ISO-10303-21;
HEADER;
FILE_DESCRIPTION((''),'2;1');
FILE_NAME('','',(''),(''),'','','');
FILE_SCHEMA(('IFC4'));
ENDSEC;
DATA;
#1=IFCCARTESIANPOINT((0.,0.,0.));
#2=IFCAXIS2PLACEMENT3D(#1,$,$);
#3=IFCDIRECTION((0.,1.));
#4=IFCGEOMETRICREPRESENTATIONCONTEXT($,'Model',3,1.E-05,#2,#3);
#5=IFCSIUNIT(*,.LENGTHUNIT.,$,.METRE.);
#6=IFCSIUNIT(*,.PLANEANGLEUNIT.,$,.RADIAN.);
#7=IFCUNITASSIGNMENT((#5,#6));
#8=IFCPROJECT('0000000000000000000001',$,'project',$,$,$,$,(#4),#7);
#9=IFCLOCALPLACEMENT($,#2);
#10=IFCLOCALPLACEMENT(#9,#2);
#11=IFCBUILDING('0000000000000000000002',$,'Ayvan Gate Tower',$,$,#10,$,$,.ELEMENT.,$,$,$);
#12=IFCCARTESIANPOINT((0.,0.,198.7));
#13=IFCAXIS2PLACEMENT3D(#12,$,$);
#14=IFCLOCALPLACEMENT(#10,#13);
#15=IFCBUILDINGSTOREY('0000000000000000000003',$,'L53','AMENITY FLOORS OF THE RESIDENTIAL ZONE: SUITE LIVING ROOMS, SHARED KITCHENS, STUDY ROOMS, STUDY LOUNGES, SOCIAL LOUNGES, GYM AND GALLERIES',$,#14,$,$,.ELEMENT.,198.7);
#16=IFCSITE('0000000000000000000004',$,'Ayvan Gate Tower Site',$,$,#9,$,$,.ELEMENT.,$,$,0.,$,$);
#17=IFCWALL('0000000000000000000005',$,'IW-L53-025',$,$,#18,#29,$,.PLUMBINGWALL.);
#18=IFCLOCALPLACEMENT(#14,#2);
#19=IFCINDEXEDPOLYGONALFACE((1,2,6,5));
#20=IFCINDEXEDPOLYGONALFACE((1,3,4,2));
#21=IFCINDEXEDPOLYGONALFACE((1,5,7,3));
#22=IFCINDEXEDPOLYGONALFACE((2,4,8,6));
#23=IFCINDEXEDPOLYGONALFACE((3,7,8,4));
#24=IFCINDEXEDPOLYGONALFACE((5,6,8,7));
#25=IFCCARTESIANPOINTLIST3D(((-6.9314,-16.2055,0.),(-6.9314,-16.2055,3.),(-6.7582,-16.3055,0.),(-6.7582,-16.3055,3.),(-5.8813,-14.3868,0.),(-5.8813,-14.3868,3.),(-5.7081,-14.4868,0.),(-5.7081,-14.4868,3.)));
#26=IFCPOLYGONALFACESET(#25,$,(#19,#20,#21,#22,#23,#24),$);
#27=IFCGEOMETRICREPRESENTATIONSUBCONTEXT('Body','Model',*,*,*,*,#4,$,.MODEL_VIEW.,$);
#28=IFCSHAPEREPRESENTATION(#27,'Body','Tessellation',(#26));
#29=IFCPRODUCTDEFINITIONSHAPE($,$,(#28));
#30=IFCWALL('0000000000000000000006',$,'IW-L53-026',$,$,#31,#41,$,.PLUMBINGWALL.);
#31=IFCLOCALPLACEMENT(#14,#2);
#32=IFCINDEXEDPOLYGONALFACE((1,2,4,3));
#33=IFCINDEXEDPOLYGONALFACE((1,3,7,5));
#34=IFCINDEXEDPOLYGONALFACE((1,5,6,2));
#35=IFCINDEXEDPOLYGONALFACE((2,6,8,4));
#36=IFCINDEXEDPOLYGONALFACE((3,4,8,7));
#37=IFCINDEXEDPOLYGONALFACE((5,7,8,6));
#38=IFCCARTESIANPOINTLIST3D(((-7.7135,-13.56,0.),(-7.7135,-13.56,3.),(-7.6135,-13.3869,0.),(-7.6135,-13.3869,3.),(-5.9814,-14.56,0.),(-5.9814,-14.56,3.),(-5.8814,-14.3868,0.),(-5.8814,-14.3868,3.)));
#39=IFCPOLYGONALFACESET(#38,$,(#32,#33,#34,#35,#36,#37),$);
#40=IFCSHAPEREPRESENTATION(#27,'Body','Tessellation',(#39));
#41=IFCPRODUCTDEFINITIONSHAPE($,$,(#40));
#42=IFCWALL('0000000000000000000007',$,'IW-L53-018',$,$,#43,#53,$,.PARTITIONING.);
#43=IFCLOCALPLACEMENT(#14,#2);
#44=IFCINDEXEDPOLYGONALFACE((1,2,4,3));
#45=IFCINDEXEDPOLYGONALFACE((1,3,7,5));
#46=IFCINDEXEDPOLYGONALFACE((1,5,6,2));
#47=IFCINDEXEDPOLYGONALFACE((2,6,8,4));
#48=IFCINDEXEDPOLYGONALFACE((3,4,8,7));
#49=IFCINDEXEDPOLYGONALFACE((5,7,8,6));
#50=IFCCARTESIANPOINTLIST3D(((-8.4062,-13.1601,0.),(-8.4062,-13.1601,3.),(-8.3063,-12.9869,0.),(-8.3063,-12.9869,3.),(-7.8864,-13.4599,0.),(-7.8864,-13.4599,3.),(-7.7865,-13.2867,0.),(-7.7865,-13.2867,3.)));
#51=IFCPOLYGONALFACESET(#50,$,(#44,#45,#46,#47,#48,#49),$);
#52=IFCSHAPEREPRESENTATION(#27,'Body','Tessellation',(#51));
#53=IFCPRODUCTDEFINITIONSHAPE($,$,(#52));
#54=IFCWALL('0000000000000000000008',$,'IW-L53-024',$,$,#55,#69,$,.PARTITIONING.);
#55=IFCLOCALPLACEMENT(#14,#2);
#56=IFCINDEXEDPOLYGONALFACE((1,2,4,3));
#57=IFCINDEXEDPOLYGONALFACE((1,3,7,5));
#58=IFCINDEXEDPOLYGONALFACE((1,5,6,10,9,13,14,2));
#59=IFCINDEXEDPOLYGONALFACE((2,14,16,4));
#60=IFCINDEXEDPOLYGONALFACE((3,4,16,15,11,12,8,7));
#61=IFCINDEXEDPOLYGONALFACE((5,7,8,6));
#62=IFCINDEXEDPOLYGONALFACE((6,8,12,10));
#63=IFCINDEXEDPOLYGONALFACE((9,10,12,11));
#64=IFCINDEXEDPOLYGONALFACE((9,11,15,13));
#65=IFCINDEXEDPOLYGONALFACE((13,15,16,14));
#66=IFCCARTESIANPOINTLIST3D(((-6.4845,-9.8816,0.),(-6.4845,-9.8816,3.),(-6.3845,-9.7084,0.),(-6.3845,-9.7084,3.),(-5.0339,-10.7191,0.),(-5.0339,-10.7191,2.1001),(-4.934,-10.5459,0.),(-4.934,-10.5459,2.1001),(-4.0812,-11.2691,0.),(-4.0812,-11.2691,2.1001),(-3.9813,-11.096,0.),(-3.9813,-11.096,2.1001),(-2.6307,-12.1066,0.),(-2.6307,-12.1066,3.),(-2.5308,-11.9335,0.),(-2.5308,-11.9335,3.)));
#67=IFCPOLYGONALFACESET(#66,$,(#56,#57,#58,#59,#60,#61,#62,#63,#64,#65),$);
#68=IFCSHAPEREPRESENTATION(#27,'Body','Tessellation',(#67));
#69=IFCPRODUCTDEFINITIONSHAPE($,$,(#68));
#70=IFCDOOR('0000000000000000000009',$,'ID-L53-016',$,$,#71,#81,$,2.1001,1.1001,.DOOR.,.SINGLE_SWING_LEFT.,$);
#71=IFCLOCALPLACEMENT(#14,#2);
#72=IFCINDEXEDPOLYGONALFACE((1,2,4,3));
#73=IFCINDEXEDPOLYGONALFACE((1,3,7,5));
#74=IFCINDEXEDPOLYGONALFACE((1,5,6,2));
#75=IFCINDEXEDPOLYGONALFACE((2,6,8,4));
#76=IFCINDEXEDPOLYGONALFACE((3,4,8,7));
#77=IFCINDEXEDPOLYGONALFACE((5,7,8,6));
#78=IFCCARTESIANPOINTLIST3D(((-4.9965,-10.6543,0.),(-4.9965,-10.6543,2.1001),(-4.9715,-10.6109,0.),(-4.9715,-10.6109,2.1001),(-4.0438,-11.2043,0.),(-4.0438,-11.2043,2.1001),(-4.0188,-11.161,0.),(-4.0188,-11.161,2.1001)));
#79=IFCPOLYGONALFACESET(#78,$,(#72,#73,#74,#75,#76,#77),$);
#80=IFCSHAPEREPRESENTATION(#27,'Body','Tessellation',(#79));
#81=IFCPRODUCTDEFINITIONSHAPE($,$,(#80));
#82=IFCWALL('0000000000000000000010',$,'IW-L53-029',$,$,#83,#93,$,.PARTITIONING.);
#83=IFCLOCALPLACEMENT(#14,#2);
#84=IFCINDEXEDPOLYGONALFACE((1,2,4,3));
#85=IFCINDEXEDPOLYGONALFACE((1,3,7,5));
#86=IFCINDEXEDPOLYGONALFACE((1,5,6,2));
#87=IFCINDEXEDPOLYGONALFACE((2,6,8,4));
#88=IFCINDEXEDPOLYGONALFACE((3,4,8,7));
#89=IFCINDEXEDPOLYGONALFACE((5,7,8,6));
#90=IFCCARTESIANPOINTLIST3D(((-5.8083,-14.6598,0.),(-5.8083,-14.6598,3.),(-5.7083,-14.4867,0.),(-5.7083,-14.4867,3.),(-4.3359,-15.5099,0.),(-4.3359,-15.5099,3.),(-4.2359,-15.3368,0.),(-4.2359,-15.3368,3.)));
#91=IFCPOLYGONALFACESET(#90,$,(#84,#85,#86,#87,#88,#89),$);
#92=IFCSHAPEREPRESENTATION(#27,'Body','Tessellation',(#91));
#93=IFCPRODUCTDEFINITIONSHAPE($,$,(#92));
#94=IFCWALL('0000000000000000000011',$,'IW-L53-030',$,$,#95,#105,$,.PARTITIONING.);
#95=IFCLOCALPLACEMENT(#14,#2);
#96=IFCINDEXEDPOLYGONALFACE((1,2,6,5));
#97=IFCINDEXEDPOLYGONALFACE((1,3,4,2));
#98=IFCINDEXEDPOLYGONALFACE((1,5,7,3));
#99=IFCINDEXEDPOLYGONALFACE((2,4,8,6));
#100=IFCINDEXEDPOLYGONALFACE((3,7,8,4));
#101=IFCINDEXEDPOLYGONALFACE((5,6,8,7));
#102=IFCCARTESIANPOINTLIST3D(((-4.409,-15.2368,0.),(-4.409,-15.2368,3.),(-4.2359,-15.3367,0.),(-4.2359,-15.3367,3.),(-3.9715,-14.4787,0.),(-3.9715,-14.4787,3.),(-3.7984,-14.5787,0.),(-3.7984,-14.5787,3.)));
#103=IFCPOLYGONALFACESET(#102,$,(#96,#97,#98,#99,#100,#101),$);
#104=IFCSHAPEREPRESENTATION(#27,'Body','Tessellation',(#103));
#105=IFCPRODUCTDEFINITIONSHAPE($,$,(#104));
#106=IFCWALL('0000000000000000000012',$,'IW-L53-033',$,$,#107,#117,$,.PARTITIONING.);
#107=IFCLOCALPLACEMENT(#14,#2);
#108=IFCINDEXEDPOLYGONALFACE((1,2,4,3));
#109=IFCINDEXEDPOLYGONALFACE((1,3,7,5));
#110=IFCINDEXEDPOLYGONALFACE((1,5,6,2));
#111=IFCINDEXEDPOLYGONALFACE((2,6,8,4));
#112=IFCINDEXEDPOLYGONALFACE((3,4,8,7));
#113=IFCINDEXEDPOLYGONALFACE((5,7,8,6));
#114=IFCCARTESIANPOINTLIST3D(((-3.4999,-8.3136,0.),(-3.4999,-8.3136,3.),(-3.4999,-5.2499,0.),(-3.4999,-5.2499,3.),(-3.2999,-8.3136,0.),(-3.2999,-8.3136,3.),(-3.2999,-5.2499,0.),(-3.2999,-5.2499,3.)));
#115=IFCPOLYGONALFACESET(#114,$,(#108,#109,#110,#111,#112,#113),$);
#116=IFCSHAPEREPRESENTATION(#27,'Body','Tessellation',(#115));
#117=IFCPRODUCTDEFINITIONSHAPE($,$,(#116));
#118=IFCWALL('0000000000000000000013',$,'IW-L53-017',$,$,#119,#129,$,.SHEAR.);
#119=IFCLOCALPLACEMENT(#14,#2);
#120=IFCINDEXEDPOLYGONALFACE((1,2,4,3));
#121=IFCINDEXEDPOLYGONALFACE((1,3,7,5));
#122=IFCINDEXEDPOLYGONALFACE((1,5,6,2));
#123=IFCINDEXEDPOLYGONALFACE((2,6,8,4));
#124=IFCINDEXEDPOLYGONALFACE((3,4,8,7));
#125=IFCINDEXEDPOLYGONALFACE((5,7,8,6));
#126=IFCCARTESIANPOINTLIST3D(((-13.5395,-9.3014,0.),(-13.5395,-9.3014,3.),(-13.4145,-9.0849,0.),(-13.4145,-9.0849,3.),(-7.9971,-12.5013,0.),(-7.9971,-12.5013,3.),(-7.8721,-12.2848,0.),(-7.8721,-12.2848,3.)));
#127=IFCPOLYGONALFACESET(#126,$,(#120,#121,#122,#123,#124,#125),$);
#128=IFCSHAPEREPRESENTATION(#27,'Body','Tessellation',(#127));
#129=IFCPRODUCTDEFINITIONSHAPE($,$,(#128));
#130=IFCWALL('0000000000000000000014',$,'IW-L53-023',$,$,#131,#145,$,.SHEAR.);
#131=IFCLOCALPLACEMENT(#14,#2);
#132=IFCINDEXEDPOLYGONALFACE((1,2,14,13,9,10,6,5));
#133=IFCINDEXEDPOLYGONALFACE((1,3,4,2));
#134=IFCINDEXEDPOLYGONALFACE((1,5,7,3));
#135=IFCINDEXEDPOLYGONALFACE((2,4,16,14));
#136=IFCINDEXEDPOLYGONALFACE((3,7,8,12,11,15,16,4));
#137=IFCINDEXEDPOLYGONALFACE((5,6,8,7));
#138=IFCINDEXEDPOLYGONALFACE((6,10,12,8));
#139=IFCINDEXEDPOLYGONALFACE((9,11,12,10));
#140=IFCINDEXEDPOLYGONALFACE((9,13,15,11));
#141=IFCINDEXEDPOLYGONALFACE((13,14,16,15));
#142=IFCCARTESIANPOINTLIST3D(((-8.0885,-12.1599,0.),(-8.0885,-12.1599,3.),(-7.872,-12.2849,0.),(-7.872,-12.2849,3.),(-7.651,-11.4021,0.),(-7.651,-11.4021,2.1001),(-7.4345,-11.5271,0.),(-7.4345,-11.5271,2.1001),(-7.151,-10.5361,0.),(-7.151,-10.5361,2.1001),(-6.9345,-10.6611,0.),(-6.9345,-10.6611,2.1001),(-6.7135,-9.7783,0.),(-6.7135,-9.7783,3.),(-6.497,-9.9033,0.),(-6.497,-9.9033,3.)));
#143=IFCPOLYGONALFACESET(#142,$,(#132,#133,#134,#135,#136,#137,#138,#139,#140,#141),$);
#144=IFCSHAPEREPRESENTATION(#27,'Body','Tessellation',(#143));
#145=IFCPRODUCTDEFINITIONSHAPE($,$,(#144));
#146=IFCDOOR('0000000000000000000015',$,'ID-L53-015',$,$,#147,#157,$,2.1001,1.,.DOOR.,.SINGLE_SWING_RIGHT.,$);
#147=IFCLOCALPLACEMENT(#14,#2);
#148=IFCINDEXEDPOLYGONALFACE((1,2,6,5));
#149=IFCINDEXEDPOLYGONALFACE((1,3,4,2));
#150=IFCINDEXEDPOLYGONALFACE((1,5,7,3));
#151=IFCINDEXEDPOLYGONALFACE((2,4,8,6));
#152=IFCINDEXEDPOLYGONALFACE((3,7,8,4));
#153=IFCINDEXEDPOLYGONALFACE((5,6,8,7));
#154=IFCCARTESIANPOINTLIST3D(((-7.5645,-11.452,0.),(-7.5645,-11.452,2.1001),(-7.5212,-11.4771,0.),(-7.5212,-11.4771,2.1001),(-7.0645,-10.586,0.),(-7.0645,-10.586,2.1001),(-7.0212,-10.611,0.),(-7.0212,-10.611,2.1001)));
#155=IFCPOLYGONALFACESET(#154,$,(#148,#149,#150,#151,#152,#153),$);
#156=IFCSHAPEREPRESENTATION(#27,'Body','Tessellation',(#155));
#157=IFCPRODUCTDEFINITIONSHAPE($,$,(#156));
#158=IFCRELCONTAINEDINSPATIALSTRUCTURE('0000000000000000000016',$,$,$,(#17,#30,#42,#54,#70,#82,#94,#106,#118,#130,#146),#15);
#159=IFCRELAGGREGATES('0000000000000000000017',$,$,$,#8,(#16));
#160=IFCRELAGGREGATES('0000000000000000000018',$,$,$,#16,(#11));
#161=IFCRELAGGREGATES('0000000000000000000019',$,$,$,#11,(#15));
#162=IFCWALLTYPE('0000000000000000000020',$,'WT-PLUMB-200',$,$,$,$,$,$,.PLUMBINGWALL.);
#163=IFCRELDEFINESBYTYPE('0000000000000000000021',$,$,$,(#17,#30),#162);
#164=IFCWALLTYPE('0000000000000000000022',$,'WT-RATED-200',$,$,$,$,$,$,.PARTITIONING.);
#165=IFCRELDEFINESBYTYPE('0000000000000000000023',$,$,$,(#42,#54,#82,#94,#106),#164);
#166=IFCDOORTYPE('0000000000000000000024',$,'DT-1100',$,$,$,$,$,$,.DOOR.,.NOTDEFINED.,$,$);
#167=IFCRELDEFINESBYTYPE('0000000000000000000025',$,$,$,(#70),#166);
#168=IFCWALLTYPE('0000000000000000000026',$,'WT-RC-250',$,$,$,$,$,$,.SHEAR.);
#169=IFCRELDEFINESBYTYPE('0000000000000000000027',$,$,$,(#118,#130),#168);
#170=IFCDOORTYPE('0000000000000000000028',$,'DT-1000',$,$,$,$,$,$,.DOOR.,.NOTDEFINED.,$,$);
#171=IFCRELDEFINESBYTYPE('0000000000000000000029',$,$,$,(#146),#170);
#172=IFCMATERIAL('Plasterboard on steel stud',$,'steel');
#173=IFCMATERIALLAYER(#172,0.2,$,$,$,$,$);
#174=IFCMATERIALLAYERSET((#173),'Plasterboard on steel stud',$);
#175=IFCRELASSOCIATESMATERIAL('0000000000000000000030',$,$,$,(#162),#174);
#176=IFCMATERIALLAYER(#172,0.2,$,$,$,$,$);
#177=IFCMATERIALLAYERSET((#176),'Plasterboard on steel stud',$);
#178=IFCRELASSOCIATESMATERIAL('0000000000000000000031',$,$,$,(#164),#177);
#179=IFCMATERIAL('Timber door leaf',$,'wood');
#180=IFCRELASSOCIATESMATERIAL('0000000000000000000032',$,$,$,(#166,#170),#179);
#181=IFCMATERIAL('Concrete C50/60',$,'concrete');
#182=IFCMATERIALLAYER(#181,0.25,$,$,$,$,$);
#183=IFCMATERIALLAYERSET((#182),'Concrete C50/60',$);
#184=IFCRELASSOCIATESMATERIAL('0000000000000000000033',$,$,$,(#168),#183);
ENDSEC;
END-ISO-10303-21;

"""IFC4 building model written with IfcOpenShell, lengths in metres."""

from ifc_helpers import new_model, si_unit, direction, frame, frame_2d, origin, place, context, subcontext, project, spatial, rectangle, extrude, material, layer, layer_set, type_object, element, fill, save


model = new_model("IFC4")

# Units and contexts
model_context = context("Model", 3, precision=1e-05, world=origin(), true_north=direction((0.0, 1.0)))
body_context = subcontext(model_context, "Body", "Model", "MODEL_VIEW")
ifc_project = project(units=[si_unit("LENGTHUNIT", "METRE"), si_unit("PLANEANGLEUNIT", "RADIAN")], contexts=[model_context])

# Site, building, storey
site_placement = place(None, origin())
site = spatial("IfcSite", under=ifc_project, at=site_placement, Name="Ayvan Gate Tower Site", CompositionType="ELEMENT", RefElevation=0.0)
building_placement = place(site_placement, origin())
building = spatial("IfcBuilding", under=site, at=building_placement, Name="Ayvan Gate Tower", CompositionType="ELEMENT")
storey_placement = place(building_placement, frame((0.0, 0.0, 198.7)))
storey = spatial("IfcBuildingStorey", under=building, at=storey_placement, Name="L53", Description="AMENITY FLOORS OF THE RESIDENTIAL ZONE: SUITE LIVING ROOMS, SHARED KITCHENS, STUDY ROOMS, STUDY LOUNGES, SOCIAL LOUNGES, GYM AND GALLERIES", CompositionType="ELEMENT", Elevation=198.7)

# Walls
ifc_material_1 = material(Name="Plasterboard on steel stud", Category="steel")
ifc_layer_1 = layer(ifc_material_1, 0.2)
ifc_layer_set_1 = layer_set([ifc_layer_1], Name="Plasterboard on steel stud")
wall_type_1 = type_object("IfcWallType", Name="WT-PLUMB-200", PredefinedType="PLUMBINGWALL", material=ifc_layer_set_1)
wall_1_placement = place(storey_placement, frame((-5.7947, -14.4368, 0.0), z_axis=(0.0, 0.0, 1.0), x_axis=(-0.500028, -0.866009, 0.0)))
element("IfcWall", 1, at=wall_1_placement, inside=storey, type_object=wall_type_1, Name="IW-L53-025", PredefinedType="PLUMBINGWALL", context=body_context, shape_type="SweptSolid", body=[
    extrude(rectangle(XDim=2.1001, YDim=0.2, at=frame_2d((1.05, 0.0))), origin(), (0.0, 0.0, 1.0), 3.0),
])
wall_2_placement = place(storey_placement, frame((-5.9314, -14.4734, 0.0), z_axis=(0.0, 0.0, 1.0), x_axis=(-0.866041, 0.499973, 0.0)))
element("IfcWall", 2, at=wall_2_placement, inside=storey, type_object=wall_type_1, Name="IW-L53-026", PredefinedType="PLUMBINGWALL", context=body_context, shape_type="SweptSolid", body=[
    extrude(rectangle(XDim=2.0, YDim=0.2, at=frame_2d((1.0, 0.0))), origin(), (0.0, 0.0, 1.0), 3.0),
])
ifc_layer_2 = layer(ifc_material_1, 0.2)
ifc_layer_set_2 = layer_set([ifc_layer_2], Name="Plasterboard on steel stud")
wall_type_2 = type_object("IfcWallType", Name="WT-RATED-200", PredefinedType="PARTITIONING", material=ifc_layer_set_2)
wall_3_placement = place(storey_placement, frame((-7.8364, -13.3733, 0.0), z_axis=(0.0, 0.0, 1.0), x_axis=(-0.866233, 0.49964, 0.0)))
element("IfcWall", 3, at=wall_3_placement, inside=storey, type_object=wall_type_2, Name="IW-L53-018", PredefinedType="PARTITIONING", context=body_context, shape_type="SweptSolid", body=[
    extrude(rectangle(XDim=0.6001, YDim=0.2, at=frame_2d((0.3, 0.0))), origin(), (0.0, 0.0, 1.0), 3.0),
])

# Wall, opening, door
wall_4_placement = place(storey_placement, frame((-6.4346, -9.7949, 0.0), z_axis=(0.0, 0.0, 1.0), x_axis=(0.866013, -0.500022, 0.0)))
wall_4 = element("IfcWall", 4, at=wall_4_placement, inside=storey, type_object=wall_type_2, Name="IW-L53-024", PredefinedType="PARTITIONING", context=body_context, shape_type="SweptSolid", body=[
    extrude(rectangle(XDim=4.45, YDim=0.2, at=frame_2d((2.2251, 0.0))), origin(), (0.0, 0.0, 1.0), 3.0),
])
opening_1_placement = place(wall_4_placement, frame((1.675, 0.0, 0.0)))
opening_1 = element("IfcOpeningElement", 5, at=opening_1_placement, cuts=wall_4, PredefinedType="OPENING", context=body_context, shape_type="SweptSolid", body=[
    extrude(rectangle(XDim=1.1001, YDim=2.1001, at=frame_2d((0.55, 1.05))), frame((0.0, 0.1099, 0.0), z_axis=(0.0, -1.0, 0.0), x_axis=(1.0, 0.0, 0.0)), (0.0, 0.0, 1.0), 0.22),
])
ifc_material_2 = material(Name="Timber door leaf", Category="wood")
door_type_1 = type_object("IfcDoorType", Name="DT-1100", OperationType="NOTDEFINED", PredefinedType="DOOR", material=ifc_material_2)
door_1_placement = place(opening_1_placement, origin())
door_1 = element("IfcDoor", 6, at=door_1_placement, inside=storey, type_object=door_type_1, Name="ID-L53-016", OperationType="SINGLE_SWING_LEFT", OverallHeight=2.1001, OverallWidth=1.1001, PredefinedType="DOOR", context=body_context, shape_type="SweptSolid", body=[
    extrude(rectangle(XDim=1.1001, YDim=2.1001, at=frame_2d((0.55, 1.05))), frame((0.0, 0.0249, 0.0), z_axis=(0.0, -1.0, 0.0), x_axis=(1.0, 0.0, 0.0)), (0.0, 0.0, 1.0), 0.05),
])
fill(opening_1, door_1)

# Walls
wall_5_placement = place(storey_placement, frame((-4.2859, -15.4233, 0.0), z_axis=(0.0, 0.0, 1.0), x_axis=(-0.866025, 0.5, 0.0)))
element("IfcWall", 7, at=wall_5_placement, inside=storey, type_object=wall_type_2, Name="IW-L53-029", PredefinedType="PARTITIONING", context=body_context, shape_type="SweptSolid", body=[
    extrude(rectangle(XDim=1.7002, YDim=0.2, at=frame_2d((0.8501, 0.0))), origin(), (0.0, 0.0, 1.0), 3.0),
])
wall_6_placement = place(storey_placement, frame((-3.885, -14.5288, 0.0), z_axis=(0.0, 0.0, 1.0), x_axis=(-0.499859, -0.866107, 0.0)))
element("IfcWall", 8, at=wall_6_placement, inside=storey, type_object=wall_type_2, Name="IW-L53-030", PredefinedType="PARTITIONING", context=body_context, shape_type="SweptSolid", body=[
    extrude(rectangle(XDim=0.8752, YDim=0.2, at=frame_2d((0.4375, 0.0))), origin(), (0.0, 0.0, 1.0), 3.0),
])
wall_7_placement = place(storey_placement, frame((-3.3999, -5.25, 0.0), z_axis=(0.0, 0.0, 1.0), x_axis=(0.0, -1.0, 0.0)))
element("IfcWall", 9, at=wall_7_placement, inside=storey, type_object=wall_type_2, Name="IW-L53-033", PredefinedType="PARTITIONING", context=body_context, shape_type="SweptSolid", body=[
    extrude(rectangle(XDim=3.0637, YDim=0.2, at=frame_2d((1.5317, 0.0))), origin(), (0.0, 0.0, 1.0), 3.0),
])
ifc_material_3 = material(Name="Concrete C50/60", Category="concrete")
ifc_layer_3 = layer(ifc_material_3, 0.25)
ifc_layer_set_3 = layer_set([ifc_layer_3], Name="Concrete C50/60")
wall_type_3 = type_object("IfcWallType", Name="WT-RC-250", PredefinedType="SHEAR", material=ifc_layer_set_3)
wall_8_placement = place(storey_placement, frame((-7.9346, -12.3931, 0.0), z_axis=(0.0, 0.0, 1.0), x_axis=(-0.866025, 0.5, 0.0)))
element("IfcWall", 10, at=wall_8_placement, inside=storey, type_object=wall_type_3, Name="IW-L53-017", PredefinedType="SHEAR", context=body_context, shape_type="SweptSolid", body=[
    extrude(rectangle(XDim=6.3999, YDim=0.25, at=frame_2d((3.2, 0.0))), origin(), (0.0, 0.0, 1.0), 3.0),
])

# Wall, opening, door
wall_9_placement = place(storey_placement, frame((-6.6052, -9.8408, 0.0), z_axis=(0.0, 0.0, 1.0), x_axis=(-0.499997, -0.866027, 0.0)))
wall_9 = element("IfcWall", 11, at=wall_9_placement, inside=storey, type_object=wall_type_3, Name="IW-L53-023", PredefinedType="SHEAR", context=body_context, shape_type="SweptSolid", body=[
    extrude(rectangle(XDim=2.75, YDim=0.25, at=frame_2d((1.375, 0.0))), origin(), (0.0, 0.0, 1.0), 3.0),
])
opening_2_placement = place(wall_9_placement, frame((0.875, 0.0, 0.0)))
opening_2 = element("IfcOpeningElement", 12, at=opening_2_placement, cuts=wall_9, PredefinedType="OPENING", context=body_context, shape_type="SweptSolid", body=[
    extrude(rectangle(XDim=1.0, YDim=2.1001, at=frame_2d((0.5, 1.05))), frame((0.0, 0.135, 0.0), z_axis=(0.0, -1.0, 0.0), x_axis=(1.0, 0.0, 0.0)), (0.0, 0.0, 1.0), 0.27),
])
door_type_2 = type_object("IfcDoorType", Name="DT-1000", OperationType="NOTDEFINED", PredefinedType="DOOR", material=ifc_material_2)
door_2_placement = place(opening_2_placement, origin())
door_2 = element("IfcDoor", 13, at=door_2_placement, inside=storey, type_object=door_type_2, Name="ID-L53-015", OperationType="SINGLE_SWING_RIGHT", OverallHeight=2.1001, OverallWidth=1.0, PredefinedType="DOOR", context=body_context, shape_type="SweptSolid", body=[
    extrude(rectangle(XDim=1.0, YDim=2.1001, at=frame_2d((0.5, 1.05))), frame((0.0, 0.0249, 0.0), z_axis=(0.0, -1.0, 0.0), x_axis=(1.0, 0.0, 0.0)), (0.0, 0.0, 1.0), 0.05),
])
fill(opening_2, door_2)

save(model, "model.ifc")
